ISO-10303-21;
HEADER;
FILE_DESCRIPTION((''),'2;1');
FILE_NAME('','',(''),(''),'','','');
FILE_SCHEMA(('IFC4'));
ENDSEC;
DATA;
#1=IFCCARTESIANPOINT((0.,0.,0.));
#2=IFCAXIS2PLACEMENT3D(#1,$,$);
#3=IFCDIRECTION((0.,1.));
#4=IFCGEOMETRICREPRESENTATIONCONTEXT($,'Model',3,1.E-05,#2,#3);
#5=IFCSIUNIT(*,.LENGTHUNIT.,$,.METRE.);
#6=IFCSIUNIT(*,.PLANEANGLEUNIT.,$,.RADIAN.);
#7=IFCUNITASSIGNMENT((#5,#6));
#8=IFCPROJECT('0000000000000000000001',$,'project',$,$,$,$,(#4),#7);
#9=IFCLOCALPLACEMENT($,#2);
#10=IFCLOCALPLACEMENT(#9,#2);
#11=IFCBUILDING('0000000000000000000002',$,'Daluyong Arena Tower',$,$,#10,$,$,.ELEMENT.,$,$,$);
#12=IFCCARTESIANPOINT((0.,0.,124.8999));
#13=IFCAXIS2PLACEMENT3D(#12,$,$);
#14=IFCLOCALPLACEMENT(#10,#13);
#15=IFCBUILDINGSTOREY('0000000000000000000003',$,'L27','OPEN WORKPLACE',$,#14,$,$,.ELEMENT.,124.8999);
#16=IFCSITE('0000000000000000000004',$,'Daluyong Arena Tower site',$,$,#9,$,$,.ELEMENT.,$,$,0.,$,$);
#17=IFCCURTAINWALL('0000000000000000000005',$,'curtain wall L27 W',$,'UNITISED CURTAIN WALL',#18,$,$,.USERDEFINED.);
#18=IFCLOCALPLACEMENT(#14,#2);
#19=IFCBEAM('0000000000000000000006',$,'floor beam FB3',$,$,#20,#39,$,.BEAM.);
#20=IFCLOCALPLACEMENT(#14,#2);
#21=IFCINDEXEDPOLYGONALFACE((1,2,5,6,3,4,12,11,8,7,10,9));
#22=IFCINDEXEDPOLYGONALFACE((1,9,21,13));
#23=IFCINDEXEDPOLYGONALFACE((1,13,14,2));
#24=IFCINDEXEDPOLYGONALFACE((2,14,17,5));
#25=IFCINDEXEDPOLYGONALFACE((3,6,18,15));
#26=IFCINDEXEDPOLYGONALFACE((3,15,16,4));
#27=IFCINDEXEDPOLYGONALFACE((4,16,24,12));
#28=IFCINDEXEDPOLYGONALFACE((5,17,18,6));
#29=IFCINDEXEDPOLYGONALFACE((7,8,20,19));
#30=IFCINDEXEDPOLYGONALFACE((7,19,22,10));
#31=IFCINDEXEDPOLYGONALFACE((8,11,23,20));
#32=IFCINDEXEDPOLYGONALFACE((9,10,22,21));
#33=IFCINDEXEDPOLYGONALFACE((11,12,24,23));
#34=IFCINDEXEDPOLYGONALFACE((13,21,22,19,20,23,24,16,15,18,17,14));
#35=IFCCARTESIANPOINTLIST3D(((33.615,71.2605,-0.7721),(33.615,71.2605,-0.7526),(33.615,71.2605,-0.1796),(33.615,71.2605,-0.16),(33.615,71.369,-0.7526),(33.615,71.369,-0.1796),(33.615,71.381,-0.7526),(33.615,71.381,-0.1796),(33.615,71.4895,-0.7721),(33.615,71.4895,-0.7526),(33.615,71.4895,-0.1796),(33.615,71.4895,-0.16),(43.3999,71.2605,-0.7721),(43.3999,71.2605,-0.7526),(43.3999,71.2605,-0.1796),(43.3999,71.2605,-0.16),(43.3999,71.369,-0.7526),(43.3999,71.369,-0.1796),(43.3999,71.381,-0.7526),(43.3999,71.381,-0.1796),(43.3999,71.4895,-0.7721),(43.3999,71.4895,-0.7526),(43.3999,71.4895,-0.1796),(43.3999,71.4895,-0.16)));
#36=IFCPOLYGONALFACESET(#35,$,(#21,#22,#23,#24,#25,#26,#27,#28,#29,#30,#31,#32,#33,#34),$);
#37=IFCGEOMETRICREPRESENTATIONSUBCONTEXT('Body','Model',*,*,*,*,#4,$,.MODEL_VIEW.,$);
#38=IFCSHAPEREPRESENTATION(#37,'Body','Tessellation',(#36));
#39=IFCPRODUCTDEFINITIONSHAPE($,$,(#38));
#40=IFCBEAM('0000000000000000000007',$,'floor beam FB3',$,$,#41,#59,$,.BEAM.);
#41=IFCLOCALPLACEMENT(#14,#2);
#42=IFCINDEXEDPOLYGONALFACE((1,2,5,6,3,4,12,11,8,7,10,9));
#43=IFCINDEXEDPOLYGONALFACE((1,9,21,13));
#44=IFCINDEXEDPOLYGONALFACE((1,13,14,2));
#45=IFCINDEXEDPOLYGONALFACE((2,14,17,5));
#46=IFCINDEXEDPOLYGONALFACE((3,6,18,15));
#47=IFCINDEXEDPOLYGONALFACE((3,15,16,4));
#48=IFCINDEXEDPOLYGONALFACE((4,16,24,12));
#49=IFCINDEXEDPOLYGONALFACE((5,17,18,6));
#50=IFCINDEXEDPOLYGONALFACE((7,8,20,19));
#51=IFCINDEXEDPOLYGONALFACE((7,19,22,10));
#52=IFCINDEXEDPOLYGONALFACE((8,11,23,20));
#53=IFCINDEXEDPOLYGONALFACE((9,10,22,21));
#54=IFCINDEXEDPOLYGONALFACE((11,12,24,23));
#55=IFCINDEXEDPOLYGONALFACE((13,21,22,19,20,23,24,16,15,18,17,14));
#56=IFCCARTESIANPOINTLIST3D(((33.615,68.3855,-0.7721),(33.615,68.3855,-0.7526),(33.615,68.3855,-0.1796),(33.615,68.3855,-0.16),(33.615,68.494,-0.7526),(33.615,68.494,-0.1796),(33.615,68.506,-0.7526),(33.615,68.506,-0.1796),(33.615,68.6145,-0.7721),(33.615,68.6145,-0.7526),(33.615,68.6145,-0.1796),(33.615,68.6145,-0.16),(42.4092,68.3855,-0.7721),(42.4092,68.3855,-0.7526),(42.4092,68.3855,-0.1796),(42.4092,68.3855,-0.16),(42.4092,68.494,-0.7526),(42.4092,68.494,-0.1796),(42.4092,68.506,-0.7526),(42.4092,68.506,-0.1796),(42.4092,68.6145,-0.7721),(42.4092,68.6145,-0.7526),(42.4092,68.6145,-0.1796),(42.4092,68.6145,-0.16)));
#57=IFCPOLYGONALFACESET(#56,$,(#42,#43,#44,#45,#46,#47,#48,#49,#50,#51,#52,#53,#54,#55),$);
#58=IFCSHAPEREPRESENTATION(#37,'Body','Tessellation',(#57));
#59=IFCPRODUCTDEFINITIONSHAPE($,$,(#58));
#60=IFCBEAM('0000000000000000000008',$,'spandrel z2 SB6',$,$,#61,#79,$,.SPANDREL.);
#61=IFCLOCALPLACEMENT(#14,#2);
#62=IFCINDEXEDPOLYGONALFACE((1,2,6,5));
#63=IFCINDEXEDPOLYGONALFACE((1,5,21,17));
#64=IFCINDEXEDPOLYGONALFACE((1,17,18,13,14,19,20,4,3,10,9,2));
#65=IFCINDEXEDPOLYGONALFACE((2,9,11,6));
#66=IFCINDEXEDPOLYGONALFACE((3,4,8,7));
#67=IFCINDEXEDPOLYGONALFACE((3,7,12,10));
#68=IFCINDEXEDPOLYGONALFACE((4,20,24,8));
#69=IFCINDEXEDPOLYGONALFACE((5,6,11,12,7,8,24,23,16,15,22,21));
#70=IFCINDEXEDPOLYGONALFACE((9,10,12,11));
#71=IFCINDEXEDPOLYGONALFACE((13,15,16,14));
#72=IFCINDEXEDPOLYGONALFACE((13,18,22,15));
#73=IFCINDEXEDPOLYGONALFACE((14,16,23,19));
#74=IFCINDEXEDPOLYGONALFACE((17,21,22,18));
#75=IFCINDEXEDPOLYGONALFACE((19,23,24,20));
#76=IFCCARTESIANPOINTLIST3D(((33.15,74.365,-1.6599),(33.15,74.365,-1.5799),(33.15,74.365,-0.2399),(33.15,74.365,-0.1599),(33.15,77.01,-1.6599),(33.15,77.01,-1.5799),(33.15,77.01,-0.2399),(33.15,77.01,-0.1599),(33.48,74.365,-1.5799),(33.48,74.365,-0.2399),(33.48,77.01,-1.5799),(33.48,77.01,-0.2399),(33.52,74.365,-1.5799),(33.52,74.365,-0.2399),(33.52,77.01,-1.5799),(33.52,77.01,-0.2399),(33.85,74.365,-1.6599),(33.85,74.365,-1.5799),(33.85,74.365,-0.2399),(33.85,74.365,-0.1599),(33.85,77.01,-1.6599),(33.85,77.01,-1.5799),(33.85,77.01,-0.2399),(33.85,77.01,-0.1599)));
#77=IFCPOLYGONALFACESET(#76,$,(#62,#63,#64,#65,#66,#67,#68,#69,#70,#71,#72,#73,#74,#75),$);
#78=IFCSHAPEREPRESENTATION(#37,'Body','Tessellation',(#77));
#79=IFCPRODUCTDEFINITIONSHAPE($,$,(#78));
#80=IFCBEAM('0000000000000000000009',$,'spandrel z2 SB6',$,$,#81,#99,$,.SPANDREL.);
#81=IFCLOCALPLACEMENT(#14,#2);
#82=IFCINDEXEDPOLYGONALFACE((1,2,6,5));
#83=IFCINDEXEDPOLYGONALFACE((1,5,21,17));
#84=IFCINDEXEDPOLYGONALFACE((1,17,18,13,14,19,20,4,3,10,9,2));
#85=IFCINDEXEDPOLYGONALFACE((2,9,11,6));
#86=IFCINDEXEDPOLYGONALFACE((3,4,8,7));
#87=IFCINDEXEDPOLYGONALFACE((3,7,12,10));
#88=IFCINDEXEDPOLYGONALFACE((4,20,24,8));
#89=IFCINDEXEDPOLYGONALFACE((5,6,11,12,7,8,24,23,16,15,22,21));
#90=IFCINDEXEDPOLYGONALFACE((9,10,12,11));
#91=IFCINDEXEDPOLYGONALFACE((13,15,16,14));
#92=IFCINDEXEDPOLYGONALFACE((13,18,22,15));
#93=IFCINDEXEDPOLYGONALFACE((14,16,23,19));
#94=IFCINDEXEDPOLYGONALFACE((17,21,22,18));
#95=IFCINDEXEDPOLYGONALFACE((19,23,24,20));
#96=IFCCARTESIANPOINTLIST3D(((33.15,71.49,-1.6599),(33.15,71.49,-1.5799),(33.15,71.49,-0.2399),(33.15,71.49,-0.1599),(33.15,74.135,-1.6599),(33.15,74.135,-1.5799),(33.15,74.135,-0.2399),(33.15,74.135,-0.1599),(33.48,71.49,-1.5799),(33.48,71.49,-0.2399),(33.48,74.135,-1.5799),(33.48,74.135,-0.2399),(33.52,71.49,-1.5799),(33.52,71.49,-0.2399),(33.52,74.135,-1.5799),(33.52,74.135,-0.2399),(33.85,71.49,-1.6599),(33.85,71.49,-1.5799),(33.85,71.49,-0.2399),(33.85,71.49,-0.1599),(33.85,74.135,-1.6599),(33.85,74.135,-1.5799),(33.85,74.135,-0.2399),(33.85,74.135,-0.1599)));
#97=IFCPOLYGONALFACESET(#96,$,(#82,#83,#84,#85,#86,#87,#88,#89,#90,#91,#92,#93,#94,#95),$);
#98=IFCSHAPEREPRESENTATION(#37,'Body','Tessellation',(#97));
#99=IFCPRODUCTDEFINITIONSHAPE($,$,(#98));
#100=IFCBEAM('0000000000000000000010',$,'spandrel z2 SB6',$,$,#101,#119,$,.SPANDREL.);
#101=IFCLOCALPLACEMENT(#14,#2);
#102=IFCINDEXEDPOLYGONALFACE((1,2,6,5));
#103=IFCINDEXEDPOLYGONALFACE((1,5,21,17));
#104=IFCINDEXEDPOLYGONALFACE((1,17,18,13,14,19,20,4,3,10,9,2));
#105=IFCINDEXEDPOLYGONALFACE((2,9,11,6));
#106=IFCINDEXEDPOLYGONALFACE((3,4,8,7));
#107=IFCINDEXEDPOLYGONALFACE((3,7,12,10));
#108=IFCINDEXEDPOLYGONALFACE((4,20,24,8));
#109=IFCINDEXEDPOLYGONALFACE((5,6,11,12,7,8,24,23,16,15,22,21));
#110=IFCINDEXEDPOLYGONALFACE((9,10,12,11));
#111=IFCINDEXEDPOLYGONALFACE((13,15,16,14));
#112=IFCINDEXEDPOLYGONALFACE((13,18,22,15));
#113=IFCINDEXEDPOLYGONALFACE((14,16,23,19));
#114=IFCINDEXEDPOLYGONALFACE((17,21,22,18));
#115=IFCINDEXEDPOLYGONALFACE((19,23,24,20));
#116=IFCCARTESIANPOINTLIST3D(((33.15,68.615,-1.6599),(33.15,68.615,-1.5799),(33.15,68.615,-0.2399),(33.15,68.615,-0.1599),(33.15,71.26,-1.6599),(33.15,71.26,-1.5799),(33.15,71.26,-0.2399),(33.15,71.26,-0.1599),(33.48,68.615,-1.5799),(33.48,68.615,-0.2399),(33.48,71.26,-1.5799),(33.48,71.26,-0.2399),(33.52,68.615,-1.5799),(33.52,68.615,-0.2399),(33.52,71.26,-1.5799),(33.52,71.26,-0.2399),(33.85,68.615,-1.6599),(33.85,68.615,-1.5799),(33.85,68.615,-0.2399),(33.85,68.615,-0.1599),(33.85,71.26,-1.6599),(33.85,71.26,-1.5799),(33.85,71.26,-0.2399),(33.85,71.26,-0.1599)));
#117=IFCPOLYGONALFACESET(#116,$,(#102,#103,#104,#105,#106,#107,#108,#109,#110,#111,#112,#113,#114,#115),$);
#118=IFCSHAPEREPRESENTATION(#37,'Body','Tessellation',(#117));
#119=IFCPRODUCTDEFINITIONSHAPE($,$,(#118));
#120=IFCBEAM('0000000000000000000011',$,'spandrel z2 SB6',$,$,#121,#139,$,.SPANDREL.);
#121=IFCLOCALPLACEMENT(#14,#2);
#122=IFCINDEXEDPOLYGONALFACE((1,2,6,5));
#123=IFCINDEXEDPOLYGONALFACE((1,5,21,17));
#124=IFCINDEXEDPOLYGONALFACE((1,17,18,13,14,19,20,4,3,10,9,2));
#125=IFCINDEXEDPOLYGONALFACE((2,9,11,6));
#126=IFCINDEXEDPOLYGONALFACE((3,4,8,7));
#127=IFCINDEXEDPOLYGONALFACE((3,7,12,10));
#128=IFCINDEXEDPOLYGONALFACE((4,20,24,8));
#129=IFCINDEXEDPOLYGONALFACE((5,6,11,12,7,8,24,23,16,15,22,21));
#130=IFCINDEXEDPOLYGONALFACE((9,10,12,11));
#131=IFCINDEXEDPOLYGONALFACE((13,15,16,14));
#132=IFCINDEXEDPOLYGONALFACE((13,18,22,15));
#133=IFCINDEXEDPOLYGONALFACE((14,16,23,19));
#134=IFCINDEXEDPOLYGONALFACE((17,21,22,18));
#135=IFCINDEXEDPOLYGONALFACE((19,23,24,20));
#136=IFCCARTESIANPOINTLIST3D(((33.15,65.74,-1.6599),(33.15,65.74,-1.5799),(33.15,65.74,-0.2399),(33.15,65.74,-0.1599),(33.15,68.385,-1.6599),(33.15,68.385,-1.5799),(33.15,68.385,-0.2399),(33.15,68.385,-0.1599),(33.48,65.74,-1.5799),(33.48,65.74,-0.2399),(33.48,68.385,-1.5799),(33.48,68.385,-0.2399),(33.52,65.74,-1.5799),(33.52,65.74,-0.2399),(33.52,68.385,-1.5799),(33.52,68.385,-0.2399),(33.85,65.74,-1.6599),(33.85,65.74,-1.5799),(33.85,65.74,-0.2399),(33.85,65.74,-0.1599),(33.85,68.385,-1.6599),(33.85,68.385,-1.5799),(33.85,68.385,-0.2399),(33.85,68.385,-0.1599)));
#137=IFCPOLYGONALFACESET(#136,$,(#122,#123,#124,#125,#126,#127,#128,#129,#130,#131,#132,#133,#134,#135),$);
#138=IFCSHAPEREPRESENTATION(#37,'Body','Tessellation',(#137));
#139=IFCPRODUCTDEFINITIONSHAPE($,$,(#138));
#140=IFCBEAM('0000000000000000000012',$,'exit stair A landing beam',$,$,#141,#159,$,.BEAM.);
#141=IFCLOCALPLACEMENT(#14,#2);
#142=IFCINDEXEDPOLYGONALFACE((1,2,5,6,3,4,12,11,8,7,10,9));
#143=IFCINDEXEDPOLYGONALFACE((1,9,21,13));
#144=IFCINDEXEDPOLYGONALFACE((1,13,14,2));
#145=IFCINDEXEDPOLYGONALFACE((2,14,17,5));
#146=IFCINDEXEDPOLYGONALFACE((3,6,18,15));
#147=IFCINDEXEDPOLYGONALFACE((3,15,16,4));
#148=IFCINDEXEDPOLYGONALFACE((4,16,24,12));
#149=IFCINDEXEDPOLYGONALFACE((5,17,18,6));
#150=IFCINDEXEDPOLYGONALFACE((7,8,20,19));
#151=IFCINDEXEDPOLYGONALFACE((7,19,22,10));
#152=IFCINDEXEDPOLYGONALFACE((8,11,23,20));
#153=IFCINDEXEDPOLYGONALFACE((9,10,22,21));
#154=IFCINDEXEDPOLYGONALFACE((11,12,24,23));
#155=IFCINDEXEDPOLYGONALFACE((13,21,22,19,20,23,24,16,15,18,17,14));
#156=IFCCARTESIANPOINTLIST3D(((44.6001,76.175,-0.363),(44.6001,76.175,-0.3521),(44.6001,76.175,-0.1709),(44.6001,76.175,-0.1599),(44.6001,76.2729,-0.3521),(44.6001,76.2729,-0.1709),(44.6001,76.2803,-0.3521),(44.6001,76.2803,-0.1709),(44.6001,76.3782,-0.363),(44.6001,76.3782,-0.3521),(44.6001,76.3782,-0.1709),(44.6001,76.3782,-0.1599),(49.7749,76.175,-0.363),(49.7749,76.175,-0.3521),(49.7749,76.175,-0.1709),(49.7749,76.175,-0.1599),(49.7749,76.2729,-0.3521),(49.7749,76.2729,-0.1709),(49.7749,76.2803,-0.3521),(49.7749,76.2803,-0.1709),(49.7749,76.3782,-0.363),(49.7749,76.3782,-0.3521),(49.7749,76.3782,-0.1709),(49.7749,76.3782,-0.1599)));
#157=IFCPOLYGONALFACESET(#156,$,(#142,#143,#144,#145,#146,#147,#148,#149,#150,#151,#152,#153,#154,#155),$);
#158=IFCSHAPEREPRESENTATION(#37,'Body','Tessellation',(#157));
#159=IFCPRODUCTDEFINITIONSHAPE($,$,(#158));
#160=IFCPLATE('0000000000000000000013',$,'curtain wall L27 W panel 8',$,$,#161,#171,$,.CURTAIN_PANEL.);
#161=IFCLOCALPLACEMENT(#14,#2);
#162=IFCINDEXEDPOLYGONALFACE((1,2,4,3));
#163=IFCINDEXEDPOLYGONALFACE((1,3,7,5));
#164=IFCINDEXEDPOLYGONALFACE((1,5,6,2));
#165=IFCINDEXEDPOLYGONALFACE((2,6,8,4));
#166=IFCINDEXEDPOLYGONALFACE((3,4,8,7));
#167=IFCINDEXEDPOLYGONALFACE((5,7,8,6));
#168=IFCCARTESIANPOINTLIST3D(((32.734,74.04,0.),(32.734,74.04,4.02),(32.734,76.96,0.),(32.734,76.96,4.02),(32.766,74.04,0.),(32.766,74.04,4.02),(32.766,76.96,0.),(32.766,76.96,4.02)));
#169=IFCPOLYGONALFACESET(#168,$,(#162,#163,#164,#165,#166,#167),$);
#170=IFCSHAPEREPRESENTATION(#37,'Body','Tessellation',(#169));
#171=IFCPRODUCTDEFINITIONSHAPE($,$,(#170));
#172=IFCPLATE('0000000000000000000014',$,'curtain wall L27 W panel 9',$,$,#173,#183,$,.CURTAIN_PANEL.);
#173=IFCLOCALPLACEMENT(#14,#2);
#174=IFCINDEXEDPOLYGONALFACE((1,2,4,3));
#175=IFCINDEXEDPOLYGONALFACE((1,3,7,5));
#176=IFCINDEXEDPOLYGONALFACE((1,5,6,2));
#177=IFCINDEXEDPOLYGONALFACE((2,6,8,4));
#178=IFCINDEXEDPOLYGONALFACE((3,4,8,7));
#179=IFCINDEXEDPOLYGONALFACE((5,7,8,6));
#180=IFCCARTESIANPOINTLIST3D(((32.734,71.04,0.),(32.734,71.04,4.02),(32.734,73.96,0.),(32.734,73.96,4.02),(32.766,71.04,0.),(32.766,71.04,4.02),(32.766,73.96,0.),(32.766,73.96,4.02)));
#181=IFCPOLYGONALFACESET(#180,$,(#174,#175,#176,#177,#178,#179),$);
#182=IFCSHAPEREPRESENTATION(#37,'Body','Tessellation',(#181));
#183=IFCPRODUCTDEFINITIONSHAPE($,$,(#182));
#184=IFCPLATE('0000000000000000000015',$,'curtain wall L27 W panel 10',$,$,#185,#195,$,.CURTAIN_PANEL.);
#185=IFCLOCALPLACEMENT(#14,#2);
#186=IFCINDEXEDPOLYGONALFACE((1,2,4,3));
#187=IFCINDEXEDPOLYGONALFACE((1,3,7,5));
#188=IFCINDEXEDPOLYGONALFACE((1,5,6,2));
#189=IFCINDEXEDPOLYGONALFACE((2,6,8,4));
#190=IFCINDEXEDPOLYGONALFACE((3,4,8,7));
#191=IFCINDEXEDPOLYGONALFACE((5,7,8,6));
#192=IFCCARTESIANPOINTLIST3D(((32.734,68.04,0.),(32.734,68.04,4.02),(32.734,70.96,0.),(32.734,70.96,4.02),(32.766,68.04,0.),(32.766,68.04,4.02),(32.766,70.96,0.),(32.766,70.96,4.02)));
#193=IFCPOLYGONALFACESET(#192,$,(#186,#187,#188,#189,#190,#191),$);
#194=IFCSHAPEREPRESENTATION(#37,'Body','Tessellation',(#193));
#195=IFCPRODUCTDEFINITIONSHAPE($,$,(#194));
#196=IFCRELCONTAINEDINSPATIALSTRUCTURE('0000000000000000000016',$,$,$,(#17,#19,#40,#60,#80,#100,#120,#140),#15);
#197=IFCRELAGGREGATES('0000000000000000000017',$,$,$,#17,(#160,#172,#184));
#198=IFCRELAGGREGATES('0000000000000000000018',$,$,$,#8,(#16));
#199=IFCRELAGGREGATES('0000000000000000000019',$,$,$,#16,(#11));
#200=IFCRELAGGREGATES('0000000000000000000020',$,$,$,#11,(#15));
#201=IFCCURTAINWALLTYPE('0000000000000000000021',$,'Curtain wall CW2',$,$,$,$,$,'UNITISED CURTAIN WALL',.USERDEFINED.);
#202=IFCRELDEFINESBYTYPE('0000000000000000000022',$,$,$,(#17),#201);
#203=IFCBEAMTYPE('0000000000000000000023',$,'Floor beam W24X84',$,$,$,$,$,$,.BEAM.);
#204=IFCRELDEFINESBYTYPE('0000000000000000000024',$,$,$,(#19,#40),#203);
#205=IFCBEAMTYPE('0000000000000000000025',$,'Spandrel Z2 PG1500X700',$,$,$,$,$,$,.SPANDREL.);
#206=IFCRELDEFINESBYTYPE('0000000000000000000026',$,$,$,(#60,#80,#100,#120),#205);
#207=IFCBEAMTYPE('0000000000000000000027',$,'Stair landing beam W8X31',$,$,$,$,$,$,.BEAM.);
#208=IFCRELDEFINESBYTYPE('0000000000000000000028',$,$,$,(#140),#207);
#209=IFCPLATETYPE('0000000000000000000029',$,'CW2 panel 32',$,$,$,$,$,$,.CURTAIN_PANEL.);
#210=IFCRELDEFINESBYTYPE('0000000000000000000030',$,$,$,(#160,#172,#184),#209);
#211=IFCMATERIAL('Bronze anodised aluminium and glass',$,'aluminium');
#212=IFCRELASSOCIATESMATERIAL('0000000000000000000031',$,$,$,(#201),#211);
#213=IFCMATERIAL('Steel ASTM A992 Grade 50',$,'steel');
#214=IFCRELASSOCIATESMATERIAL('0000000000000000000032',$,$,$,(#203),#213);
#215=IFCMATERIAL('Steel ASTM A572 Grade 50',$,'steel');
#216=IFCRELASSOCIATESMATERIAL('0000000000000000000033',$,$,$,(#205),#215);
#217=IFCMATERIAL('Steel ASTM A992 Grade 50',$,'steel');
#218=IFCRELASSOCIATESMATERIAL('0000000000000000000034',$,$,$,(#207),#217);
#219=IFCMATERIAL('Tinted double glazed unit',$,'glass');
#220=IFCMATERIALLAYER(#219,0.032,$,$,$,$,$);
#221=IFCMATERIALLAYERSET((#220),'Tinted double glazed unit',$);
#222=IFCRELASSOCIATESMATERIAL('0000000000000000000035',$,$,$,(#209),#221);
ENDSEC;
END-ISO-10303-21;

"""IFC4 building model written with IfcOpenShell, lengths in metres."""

from ifc_helpers import new_model, si_unit, direction, frame, origin, origin_2d, place, context, subcontext, project, spatial, rectangle, i_section, extrude, material, layer, layer_set, material_profile, profile_set, type_object, element, aggregate, save


model = new_model("IFC4")

# Units and contexts
model_context = context("Model", 3, precision=1e-05, world=origin(), true_north=direction((0.0, 1.0)))
body_context = subcontext(model_context, "Body", "Model", "MODEL_VIEW")
ifc_project = project(units=[si_unit("LENGTHUNIT", "METRE"), si_unit("PLANEANGLEUNIT", "RADIAN")], contexts=[model_context])

# Site, building, storey
site_placement = place(None, origin())
site = spatial("IfcSite", under=ifc_project, at=site_placement, Name="Daluyong Arena Tower site", CompositionType="ELEMENT", RefElevation=0.0)
building_placement = place(site_placement, origin())
building = spatial("IfcBuilding", under=site, at=building_placement, Name="Daluyong Arena Tower", CompositionType="ELEMENT")
storey_placement = place(building_placement, frame((0.0, 0.0, 124.8999)))
storey = spatial("IfcBuildingStorey", under=building, at=storey_placement, Name="L27", Description="OPEN WORKPLACE", CompositionType="ELEMENT", Elevation=124.8999)

# Curtain wall
ifc_material_1 = material(Name="Bronze anodised aluminium and glass", Category="aluminium")
curtain_wall_type = type_object("IfcCurtainWallType", Name="Curtain wall CW2", ElementType="UNITISED CURTAIN WALL", PredefinedType="USERDEFINED", material=ifc_material_1)
curtain_wall_placement = place(storey_placement, origin())
curtain_wall = element("IfcCurtainWall", 1, at=curtain_wall_placement, inside=storey, type_object=curtain_wall_type, Name="curtain wall L27 W", ObjectType="UNITISED CURTAIN WALL", PredefinedType="USERDEFINED")

# Beams
ifc_material_2 = material(Name="Steel ASTM A992 Grade 50", Category="steel")
ifc_material_profile_1 = material_profile(ifc_material_2, i_section(OverallWidth=0.229, OverallDepth=0.6121, WebThickness=0.012, FlangeThickness=0.0195, at=origin_2d()))
ifc_profile_set_1 = profile_set([ifc_material_profile_1], Name="Steel ASTM A992 Grade 50")
beam_type_1 = type_object("IfcBeamType", Name="Floor beam W24X84", PredefinedType="BEAM", material=ifc_profile_set_1)
for number, where, z_axis, x_axis, name in (
    (2, (33.615, 71.375, -0.4661), (1.0, 0.0, 0.0), (0.0, 1.0, 0.0), "floor beam FB3"),
):
    element("IfcBeam", number, at=place(storey_placement, frame(where, z_axis=z_axis, x_axis=x_axis)), inside=storey, type_object=beam_type_1, Name=name, PredefinedType="BEAM", context=body_context, shape_type="SweptSolid", body=[
        extrude(i_section(OverallWidth=0.229, OverallDepth=0.6121, WebThickness=0.012, FlangeThickness=0.0195, at=origin_2d()), origin(), (0.0, 0.0, 1.0), 9.7849),
    ])
beam_1_placement = place(storey_placement, frame((33.615, 68.5, -0.4661), z_axis=(1.0, 0.0, 0.0), x_axis=(0.0, 1.0, 0.0)))
element("IfcBeam", 3, at=beam_1_placement, inside=storey, type_object=beam_type_1, Name="floor beam FB3", PredefinedType="BEAM", context=body_context, shape_type="SweptSolid", body=[
    extrude(i_section(OverallWidth=0.229, OverallDepth=0.6121, WebThickness=0.012, FlangeThickness=0.0195, at=origin_2d()), origin(), (0.0, 0.0, 1.0), 8.7942),
])
ifc_material_3 = material(Name="Steel ASTM A572 Grade 50", Category="steel")
ifc_material_profile_2 = material_profile(ifc_material_3, i_section(OverallWidth=0.7, OverallDepth=1.5, WebThickness=0.04, FlangeThickness=0.08, at=origin_2d()))
ifc_profile_set_2 = profile_set([ifc_material_profile_2], Name="Steel ASTM A572 Grade 50")
beam_type_2 = type_object("IfcBeamType", Name="Spandrel Z2 PG1500X700", PredefinedType="SPANDREL", material=ifc_profile_set_2)
for number, where, z_axis, x_axis, name in (
    (4, (33.5, 77.01, -0.9099), (0.0, -1.0, 0.0), (1.0, 0.0, 0.0), "spandrel z2 SB6"),
    (5, (33.5, 74.135, -0.9099), (0.0, -1.0, 0.0), (1.0, 0.0, 0.0), "spandrel z2 SB6"),
    (6, (33.5, 71.26, -0.9099), (0.0, -1.0, 0.0), (1.0, 0.0, 0.0), "spandrel z2 SB6"),
    (7, (33.5, 68.385, -0.9099), (0.0, -1.0, 0.0), (1.0, 0.0, 0.0), "spandrel z2 SB6"),
):
    element("IfcBeam", number, at=place(storey_placement, frame(where, z_axis=z_axis, x_axis=x_axis)), inside=storey, type_object=beam_type_2, Name=name, PredefinedType="SPANDREL", context=body_context, shape_type="SweptSolid", body=[
        extrude(i_section(OverallWidth=0.7, OverallDepth=1.5, WebThickness=0.04, FlangeThickness=0.08, at=origin_2d()), origin(), (0.0, 0.0, 1.0), 2.645),
    ])
ifc_material_4 = material(Name="Steel ASTM A992 Grade 50", Category="steel")
ifc_material_profile_3 = material_profile(ifc_material_4, i_section(OverallWidth=0.2031, OverallDepth=0.2031, WebThickness=0.0073, FlangeThickness=0.011, at=origin_2d()))
ifc_profile_set_3 = profile_set([ifc_material_profile_3], Name="Steel ASTM A992 Grade 50")
beam_type_3 = type_object("IfcBeamType", Name="Stair landing beam W8X31", PredefinedType="BEAM", material=ifc_profile_set_3)
beam_2_placement = place(storey_placement, frame((44.6001, 76.2766, -0.2615), z_axis=(1.0, 0.0, 0.0), x_axis=(0.0, 1.0, 0.0)))
element("IfcBeam", 8, at=beam_2_placement, inside=storey, type_object=beam_type_3, Name="exit stair A landing beam", PredefinedType="BEAM", context=body_context, shape_type="SweptSolid", body=[
    extrude(i_section(OverallWidth=0.2031, OverallDepth=0.2031, WebThickness=0.0073, FlangeThickness=0.011, at=origin_2d()), origin(), (0.0, 0.0, 1.0), 5.1748),
])

# Plates
ifc_material_5 = material(Name="Tinted double glazed unit", Category="glass")
ifc_layer_1 = layer(ifc_material_5, 0.032)
ifc_layer_set_1 = layer_set([ifc_layer_1], Name="Tinted double glazed unit")
plate_type = type_object("IfcPlateType", Name="CW2 panel 32", PredefinedType="CURTAIN_PANEL", material=ifc_layer_set_1)
plate_1_placement = place(storey_placement, frame((32.75, 75.5, 0.0), z_axis=(0.0, 0.0, 1.0), x_axis=(0.0, -1.0, 0.0)))
plate_1 = element("IfcPlate", 9, at=plate_1_placement, type_object=plate_type, Name="curtain wall L27 W panel 8", PredefinedType="CURTAIN_PANEL", context=body_context, shape_type="SweptSolid", body=[
    extrude(rectangle(XDim=2.9199, YDim=0.032, at=origin_2d()), origin(), (0.0, 0.0, 1.0), 4.02),
])
plate_2_placement = place(storey_placement, frame((32.75, 72.5, 0.0), z_axis=(0.0, 0.0, 1.0), x_axis=(0.0, -1.0, 0.0)))
plate_2 = element("IfcPlate", 10, at=plate_2_placement, type_object=plate_type, Name="curtain wall L27 W panel 9", PredefinedType="CURTAIN_PANEL", context=body_context, shape_type="SweptSolid", body=[
    extrude(rectangle(XDim=2.9199, YDim=0.032, at=origin_2d()), origin(), (0.0, 0.0, 1.0), 4.02),
])
plate_3_placement = place(storey_placement, frame((32.75, 69.5, 0.0), z_axis=(0.0, 0.0, 1.0), x_axis=(0.0, -1.0, 0.0)))
plate_3 = element("IfcPlate", 11, at=plate_3_placement, type_object=plate_type, Name="curtain wall L27 W panel 10", PredefinedType="CURTAIN_PANEL", context=body_context, shape_type="SweptSolid", body=[
    extrude(rectangle(XDim=2.9199, YDim=0.032, at=origin_2d()), origin(), (0.0, 0.0, 1.0), 4.02),
])
aggregate(curtain_wall, [plate_1, plate_2, plate_3])

save(model, "model.ifc")
